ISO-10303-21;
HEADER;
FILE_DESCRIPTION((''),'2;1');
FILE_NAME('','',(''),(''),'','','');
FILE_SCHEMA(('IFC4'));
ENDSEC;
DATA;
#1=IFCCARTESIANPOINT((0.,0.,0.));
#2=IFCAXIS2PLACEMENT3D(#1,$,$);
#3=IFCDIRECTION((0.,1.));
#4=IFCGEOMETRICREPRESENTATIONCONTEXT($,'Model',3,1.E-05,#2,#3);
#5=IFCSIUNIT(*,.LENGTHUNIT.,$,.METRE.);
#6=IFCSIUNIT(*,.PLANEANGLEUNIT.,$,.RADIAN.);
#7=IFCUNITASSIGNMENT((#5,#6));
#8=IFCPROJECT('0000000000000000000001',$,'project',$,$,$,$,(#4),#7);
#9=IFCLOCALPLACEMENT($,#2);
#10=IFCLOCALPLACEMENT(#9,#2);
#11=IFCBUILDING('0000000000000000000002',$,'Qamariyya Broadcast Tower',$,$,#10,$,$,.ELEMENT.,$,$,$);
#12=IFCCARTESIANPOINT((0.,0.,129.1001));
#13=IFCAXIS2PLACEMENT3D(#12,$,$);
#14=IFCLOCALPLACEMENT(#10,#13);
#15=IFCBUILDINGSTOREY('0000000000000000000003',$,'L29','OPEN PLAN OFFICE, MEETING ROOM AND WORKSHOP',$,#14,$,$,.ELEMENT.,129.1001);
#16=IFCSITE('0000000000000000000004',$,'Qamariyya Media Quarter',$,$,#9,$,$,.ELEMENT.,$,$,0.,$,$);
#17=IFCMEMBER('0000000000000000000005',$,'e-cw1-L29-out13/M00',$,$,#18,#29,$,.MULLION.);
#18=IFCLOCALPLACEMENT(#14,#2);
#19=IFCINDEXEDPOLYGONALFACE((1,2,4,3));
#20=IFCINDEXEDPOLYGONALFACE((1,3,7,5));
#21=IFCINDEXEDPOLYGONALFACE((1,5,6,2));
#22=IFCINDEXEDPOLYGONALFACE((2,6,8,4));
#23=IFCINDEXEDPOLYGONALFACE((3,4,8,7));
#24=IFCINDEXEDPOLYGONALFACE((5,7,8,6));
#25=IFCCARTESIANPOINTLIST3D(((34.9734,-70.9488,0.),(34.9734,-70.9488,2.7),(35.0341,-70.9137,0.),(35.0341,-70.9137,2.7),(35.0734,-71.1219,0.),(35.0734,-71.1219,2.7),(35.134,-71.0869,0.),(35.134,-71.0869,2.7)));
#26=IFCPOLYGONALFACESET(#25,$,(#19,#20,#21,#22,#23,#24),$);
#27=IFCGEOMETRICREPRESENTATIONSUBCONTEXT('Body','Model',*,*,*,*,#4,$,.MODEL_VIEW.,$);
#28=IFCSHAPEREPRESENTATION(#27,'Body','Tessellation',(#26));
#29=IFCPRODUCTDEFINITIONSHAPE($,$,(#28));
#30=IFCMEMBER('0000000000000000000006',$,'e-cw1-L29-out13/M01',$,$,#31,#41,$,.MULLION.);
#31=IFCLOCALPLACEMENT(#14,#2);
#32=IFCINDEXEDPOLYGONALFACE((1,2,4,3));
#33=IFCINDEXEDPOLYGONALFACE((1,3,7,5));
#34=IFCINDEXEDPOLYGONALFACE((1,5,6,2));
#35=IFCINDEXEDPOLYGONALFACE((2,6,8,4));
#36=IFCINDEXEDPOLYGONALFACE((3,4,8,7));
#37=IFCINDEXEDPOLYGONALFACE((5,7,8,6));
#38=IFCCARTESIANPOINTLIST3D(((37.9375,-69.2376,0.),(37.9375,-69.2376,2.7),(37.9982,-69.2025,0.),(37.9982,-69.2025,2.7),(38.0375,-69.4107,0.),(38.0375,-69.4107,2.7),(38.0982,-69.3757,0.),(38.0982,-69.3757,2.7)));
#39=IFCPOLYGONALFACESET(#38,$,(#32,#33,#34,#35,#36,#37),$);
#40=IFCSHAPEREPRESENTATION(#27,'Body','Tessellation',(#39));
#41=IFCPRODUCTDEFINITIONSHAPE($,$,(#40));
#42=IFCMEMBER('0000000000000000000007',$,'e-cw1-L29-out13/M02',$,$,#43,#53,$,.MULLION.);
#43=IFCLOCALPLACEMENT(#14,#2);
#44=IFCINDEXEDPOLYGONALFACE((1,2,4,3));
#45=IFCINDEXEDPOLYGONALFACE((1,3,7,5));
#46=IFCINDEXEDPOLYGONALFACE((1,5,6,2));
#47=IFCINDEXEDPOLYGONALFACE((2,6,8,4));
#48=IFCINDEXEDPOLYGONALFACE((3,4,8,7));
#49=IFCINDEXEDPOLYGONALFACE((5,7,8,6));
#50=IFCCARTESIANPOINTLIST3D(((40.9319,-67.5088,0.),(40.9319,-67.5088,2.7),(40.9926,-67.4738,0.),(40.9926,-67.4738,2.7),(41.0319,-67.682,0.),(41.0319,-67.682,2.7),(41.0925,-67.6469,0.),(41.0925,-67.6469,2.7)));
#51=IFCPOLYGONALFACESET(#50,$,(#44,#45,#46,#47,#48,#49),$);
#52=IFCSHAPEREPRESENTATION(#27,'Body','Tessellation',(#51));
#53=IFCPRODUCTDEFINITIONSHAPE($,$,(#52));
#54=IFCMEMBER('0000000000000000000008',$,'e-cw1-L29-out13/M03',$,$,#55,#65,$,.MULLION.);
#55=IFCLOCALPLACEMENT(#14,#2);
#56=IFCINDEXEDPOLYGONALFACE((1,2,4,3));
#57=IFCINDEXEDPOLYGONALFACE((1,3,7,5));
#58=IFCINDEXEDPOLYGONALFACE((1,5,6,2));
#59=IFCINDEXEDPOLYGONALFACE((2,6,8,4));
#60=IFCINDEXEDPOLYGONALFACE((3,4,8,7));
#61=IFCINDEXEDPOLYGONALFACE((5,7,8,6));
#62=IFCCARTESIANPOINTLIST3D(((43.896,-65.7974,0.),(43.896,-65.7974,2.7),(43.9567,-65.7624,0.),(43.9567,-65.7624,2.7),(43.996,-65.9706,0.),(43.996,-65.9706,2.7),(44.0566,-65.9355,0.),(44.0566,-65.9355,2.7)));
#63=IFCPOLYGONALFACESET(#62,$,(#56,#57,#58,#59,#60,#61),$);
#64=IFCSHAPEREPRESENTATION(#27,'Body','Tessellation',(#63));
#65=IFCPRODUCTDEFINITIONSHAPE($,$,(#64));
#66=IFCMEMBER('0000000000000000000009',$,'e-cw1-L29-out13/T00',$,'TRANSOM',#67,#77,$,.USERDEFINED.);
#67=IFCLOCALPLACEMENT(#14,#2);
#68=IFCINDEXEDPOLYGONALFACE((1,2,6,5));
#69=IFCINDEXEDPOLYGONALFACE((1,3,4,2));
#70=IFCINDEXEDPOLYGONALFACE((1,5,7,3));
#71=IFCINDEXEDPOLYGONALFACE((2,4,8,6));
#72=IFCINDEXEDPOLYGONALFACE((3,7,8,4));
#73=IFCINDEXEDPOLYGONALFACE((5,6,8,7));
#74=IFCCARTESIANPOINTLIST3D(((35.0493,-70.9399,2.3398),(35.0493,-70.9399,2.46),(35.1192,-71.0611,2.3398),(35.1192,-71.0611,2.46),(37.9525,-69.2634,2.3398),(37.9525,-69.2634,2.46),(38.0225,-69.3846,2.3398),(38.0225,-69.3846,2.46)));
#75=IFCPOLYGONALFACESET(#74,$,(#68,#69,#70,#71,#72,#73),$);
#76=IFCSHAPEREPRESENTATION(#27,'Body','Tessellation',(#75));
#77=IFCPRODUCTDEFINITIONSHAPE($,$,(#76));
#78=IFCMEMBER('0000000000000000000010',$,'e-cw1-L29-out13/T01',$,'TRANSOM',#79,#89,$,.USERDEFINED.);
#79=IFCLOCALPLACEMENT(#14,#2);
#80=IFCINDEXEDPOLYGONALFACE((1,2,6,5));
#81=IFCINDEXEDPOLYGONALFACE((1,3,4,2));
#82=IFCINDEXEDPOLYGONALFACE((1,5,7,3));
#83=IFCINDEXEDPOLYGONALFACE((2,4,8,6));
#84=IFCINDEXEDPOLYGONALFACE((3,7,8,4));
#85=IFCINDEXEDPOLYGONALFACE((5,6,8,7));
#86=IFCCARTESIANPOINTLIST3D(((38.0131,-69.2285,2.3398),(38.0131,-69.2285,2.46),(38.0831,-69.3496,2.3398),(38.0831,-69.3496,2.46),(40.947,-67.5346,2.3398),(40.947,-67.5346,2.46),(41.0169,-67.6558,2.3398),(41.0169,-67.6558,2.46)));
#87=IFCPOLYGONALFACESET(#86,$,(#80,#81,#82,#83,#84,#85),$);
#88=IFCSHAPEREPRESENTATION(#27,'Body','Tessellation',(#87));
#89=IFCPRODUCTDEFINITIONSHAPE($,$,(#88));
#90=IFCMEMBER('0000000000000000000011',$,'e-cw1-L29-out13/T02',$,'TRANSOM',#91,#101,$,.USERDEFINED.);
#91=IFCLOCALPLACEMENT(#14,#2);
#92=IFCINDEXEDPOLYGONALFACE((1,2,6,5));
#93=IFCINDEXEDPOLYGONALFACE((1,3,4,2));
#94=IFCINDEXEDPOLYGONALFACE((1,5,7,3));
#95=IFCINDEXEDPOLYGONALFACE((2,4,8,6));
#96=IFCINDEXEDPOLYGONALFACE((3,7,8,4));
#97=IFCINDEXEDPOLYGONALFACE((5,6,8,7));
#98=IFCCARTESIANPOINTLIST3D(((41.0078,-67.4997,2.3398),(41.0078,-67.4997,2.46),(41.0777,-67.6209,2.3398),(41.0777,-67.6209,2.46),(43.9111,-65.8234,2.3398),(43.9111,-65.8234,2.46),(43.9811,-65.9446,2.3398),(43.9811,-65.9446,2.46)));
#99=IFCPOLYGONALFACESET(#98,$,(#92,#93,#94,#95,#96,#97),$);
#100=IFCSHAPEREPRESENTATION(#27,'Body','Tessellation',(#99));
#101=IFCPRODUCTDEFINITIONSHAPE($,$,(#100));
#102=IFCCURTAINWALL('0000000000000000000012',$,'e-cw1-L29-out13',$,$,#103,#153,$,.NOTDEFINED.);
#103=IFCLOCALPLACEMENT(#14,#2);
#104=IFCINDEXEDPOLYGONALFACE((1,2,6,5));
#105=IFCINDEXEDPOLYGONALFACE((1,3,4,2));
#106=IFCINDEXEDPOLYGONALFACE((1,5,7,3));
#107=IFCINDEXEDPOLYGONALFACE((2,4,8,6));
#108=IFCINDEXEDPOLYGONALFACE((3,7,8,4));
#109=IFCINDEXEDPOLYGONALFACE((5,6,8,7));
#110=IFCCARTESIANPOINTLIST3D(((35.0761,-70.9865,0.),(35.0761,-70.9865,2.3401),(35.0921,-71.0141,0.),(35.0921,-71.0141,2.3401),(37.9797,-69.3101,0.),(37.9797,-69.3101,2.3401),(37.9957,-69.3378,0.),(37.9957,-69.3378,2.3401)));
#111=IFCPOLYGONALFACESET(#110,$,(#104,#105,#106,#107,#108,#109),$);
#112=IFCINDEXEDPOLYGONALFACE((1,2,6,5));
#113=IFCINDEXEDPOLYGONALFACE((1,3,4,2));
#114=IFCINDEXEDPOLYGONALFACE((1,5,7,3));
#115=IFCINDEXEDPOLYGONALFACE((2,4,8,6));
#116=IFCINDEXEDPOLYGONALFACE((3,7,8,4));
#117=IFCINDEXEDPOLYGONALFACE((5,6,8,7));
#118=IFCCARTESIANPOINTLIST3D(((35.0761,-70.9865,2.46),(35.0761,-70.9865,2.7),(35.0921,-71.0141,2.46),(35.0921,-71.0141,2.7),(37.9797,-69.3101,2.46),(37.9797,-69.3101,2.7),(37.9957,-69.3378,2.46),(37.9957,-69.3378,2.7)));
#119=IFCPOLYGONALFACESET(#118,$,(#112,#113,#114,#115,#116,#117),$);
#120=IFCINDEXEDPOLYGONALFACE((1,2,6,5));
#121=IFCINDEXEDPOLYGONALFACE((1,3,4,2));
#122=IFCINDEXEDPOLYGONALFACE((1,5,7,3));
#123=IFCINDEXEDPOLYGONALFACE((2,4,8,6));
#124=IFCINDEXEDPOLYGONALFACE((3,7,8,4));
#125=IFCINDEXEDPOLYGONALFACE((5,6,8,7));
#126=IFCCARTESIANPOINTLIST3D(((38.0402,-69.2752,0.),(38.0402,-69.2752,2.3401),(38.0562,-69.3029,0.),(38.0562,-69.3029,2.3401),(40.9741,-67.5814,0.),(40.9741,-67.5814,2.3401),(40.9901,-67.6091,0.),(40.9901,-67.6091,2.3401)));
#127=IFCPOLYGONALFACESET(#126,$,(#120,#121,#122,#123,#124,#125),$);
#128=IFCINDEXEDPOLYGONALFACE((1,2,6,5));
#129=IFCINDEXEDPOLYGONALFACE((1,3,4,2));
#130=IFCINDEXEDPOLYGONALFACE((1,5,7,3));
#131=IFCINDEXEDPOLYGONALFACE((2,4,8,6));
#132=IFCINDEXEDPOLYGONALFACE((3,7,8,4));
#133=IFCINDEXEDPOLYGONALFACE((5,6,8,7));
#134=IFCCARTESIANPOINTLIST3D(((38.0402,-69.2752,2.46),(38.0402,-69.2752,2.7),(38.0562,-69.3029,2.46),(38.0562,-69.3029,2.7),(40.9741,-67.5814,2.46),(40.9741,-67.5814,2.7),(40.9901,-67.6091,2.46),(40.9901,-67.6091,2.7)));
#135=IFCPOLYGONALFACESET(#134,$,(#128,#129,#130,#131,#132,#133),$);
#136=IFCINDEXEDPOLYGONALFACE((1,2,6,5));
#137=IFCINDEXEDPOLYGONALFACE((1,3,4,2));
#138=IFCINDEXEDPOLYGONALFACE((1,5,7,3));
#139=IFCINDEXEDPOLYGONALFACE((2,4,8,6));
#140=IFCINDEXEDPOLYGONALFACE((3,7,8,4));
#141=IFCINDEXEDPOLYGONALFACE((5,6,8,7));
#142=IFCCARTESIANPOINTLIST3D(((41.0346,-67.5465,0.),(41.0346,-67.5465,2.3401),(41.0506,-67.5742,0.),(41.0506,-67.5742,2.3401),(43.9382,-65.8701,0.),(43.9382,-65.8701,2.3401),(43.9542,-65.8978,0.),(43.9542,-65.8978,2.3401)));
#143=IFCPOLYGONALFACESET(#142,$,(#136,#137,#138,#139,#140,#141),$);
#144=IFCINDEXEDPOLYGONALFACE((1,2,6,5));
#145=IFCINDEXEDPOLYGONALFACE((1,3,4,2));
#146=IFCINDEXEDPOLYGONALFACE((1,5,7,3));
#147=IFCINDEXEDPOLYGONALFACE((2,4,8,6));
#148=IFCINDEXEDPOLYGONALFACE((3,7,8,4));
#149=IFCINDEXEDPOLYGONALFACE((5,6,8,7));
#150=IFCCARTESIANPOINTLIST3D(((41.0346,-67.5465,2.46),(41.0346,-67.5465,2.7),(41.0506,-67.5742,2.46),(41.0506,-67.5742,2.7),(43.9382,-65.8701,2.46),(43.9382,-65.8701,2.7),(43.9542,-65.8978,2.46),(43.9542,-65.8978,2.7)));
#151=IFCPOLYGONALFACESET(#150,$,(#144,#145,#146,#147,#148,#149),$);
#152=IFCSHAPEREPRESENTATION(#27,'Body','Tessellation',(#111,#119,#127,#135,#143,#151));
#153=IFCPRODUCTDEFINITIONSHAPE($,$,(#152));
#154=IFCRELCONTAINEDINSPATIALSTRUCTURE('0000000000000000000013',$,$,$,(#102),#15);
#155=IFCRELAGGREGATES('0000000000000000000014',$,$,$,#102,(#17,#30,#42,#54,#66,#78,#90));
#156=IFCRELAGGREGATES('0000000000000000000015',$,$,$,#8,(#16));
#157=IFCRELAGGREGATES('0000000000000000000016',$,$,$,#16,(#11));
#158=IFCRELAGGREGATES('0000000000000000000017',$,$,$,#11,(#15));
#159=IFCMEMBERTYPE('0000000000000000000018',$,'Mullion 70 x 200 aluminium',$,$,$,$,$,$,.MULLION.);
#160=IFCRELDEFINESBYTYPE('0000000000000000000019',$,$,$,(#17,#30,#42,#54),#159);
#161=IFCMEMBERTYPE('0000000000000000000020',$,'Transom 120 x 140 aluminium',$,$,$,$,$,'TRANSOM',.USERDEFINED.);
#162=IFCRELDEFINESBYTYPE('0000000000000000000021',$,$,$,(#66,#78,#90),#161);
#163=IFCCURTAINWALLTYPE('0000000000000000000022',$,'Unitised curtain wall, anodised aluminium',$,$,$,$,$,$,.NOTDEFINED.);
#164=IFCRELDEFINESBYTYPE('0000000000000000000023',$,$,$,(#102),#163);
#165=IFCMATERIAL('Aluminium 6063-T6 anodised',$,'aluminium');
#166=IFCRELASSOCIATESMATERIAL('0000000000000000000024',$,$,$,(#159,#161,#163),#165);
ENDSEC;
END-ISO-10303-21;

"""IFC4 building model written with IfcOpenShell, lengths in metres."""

from ifc_helpers import new_model, si_unit, direction, frame, origin, origin_2d, place, context, subcontext, project, spatial, rectangle, extrude, material, material_profile, profile_set, type_object, element, aggregate, save


model = new_model("IFC4")

# Units and contexts
model_context = context("Model", 3, precision=1e-05, world=origin(), true_north=direction((0.0, 1.0)))
body_context = subcontext(model_context, "Body", "Model", "MODEL_VIEW")
ifc_project = project(units=[si_unit("LENGTHUNIT", "METRE"), si_unit("PLANEANGLEUNIT", "RADIAN")], contexts=[model_context])

# Members
ifc_material = material(Name="Aluminium 6063-T6 anodised", Category="aluminium")
ifc_material_profile_1 = material_profile(ifc_material, rectangle(XDim=0.2, YDim=0.0701, at=origin_2d()))
ifc_profile_set_1 = profile_set([ifc_material_profile_1], Name="Aluminium 6063-T6 anodised")
member_type_1 = type_object("IfcMemberType", Name="Mullion 70 x 200 aluminium", PredefinedType="MULLION", material=ifc_profile_set_1)
site_placement = place(None, origin())
building_placement = place(site_placement, origin())
storey_placement = place(building_placement, frame((0.0, 0.0, 129.1001)))
member_1_placement = place(storey_placement, frame((35.0537, -71.0178, 0.0), z_axis=(0.0, 0.0, 1.0), x_axis=(-0.5, 0.866025, 0.0)))
member_1 = element("IfcMember", 1, at=member_1_placement, type_object=member_type_1, Name="e-cw1-L29-out13/M00", PredefinedType="MULLION", context=body_context, shape_type="SweptSolid", body=[
    extrude(rectangle(XDim=0.2, YDim=0.0701, at=origin_2d()), origin(), (0.0, 0.0, 1.0), 2.7),
])
member_2_placement = place(storey_placement, frame((38.0178, -69.3066, 0.0), z_axis=(0.0, 0.0, 1.0), x_axis=(-0.5, 0.866025, 0.0)))
member_2 = element("IfcMember", 2, at=member_2_placement, type_object=member_type_1, Name="e-cw1-L29-out13/M01", PredefinedType="MULLION", context=body_context, shape_type="SweptSolid", body=[
    extrude(rectangle(XDim=0.2, YDim=0.0701, at=origin_2d()), origin(), (0.0, 0.0, 1.0), 2.7),
])
member_3_placement = place(storey_placement, frame((41.0122, -67.5779, 0.0), z_axis=(0.0, 0.0, 1.0), x_axis=(-0.5, 0.866025, 0.0)))
member_3 = element("IfcMember", 3, at=member_3_placement, type_object=member_type_1, Name="e-cw1-L29-out13/M02", PredefinedType="MULLION", context=body_context, shape_type="SweptSolid", body=[
    extrude(rectangle(XDim=0.2, YDim=0.0701, at=origin_2d()), origin(), (0.0, 0.0, 1.0), 2.7),
])
member_4_placement = place(storey_placement, frame((43.9763, -65.8665, 0.0), z_axis=(0.0, 0.0, 1.0), x_axis=(-0.5, 0.866025, 0.0)))
member_4 = element("IfcMember", 4, at=member_4_placement, type_object=member_type_1, Name="e-cw1-L29-out13/M03", PredefinedType="MULLION", context=body_context, shape_type="SweptSolid", body=[
    extrude(rectangle(XDim=0.2, YDim=0.0701, at=origin_2d()), origin(), (0.0, 0.0, 1.0), 2.7),
])
ifc_material_profile_2 = material_profile(ifc_material, rectangle(XDim=0.1399, YDim=0.1201, at=origin_2d()))
ifc_profile_set_2 = profile_set([ifc_material_profile_2], Name="Aluminium 6063-T6 anodised")
member_type_2 = type_object("IfcMemberType", Name="Transom 120 x 140 aluminium", ElementType="TRANSOM", PredefinedType="USERDEFINED", material=ifc_profile_set_2)
member_5_placement = place(storey_placement, frame((35.0842, -71.0005, 2.3999), z_axis=(0.865989, 0.500063, 0.0), x_axis=(-0.500063, 0.865989, 0.0)))
member_5 = element("IfcMember", 5, at=member_5_placement, type_object=member_type_2, Name="e-cw1-L29-out13/T00", ObjectType="TRANSOM", PredefinedType="USERDEFINED", context=body_context, shape_type="SweptSolid", body=[
    extrude(rectangle(XDim=0.1399, YDim=0.1201, at=origin_2d()), origin(), (0.0, 0.0, 1.0), 3.3525),
])
member_6_placement = place(storey_placement, frame((38.0481, -69.2891, 2.3999), z_axis=(0.866026, 0.499999, 0.0), x_axis=(-0.499999, 0.866026, 0.0)))
member_6 = element("IfcMember", 6, at=member_6_placement, type_object=member_type_2, Name="e-cw1-L29-out13/T01", ObjectType="TRANSOM", PredefinedType="USERDEFINED", context=body_context, shape_type="SweptSolid", body=[
    extrude(rectangle(XDim=0.1399, YDim=0.1201, at=origin_2d()), origin(), (0.0, 0.0, 1.0), 3.3877),
])
member_7_placement = place(storey_placement, frame((41.0427, -67.5603, 2.3999), z_axis=(0.866021, 0.500008, 0.0), x_axis=(-0.500008, 0.866021, 0.0)))
member_7 = element("IfcMember", 7, at=member_7_placement, type_object=member_type_2, Name="e-cw1-L29-out13/T02", ObjectType="TRANSOM", PredefinedType="USERDEFINED", context=body_context, shape_type="SweptSolid", body=[
    extrude(rectangle(XDim=0.1399, YDim=0.1201, at=origin_2d()), origin(), (0.0, 0.0, 1.0), 3.3525),
])

# Site, building, storey
site = spatial("IfcSite", under=ifc_project, at=site_placement, Name="Qamariyya Media Quarter", CompositionType="ELEMENT", RefElevation=0.0)
building = spatial("IfcBuilding", under=site, at=building_placement, Name="Qamariyya Broadcast Tower", CompositionType="ELEMENT")
storey = spatial("IfcBuildingStorey", under=building, at=storey_placement, Name="L29", Description="OPEN PLAN OFFICE, MEETING ROOM AND WORKSHOP", CompositionType="ELEMENT", Elevation=129.1001)

# Curtain wall
curtain_wall_type = type_object("IfcCurtainWallType", Name="Unitised curtain wall, anodised aluminium", PredefinedType="NOTDEFINED", material=ifc_material)
curtain_wall_1_placement = place(storey_placement, origin())
curtain_wall_1 = element("IfcCurtainWall", 8, at=curtain_wall_1_placement, inside=storey, type_object=curtain_wall_type, Name="e-cw1-L29-out13", PredefinedType="NOTDEFINED", context=body_context, shape_type="SweptSolid", body=[
    extrude(rectangle(XDim=3.3528, YDim=0.032, at=origin_2d()), frame((36.5359, -70.1621, 0.0), x_axis=(0.866027, 0.499997, 0.0)), (0.0, 0.0, 1.0), 2.3401),
    extrude(rectangle(XDim=3.3528, YDim=0.032, at=origin_2d()), frame((36.5359, -70.1621, 2.46), x_axis=(0.866027, 0.499997, 0.0)), (0.0, 0.0, 1.0), 0.24),
    extrude(rectangle(XDim=3.3877, YDim=0.032, at=origin_2d()), frame((39.5151, -68.4421, 0.0), x_axis=(0.866027, 0.499997, 0.0)), (0.0, 0.0, 1.0), 2.3401),
    extrude(rectangle(XDim=3.3877, YDim=0.032, at=origin_2d()), frame((39.5151, -68.4421, 2.46), x_axis=(0.866027, 0.499997, 0.0)), (0.0, 0.0, 1.0), 0.24),
    extrude(rectangle(XDim=3.3528, YDim=0.032, at=origin_2d()), frame((42.4944, -66.7222, 0.0), x_axis=(0.866027, 0.499997, 0.0)), (0.0, 0.0, 1.0), 2.3401),
    extrude(rectangle(XDim=3.3528, YDim=0.032, at=origin_2d()), frame((42.4944, -66.7222, 2.46), x_axis=(0.866027, 0.499997, 0.0)), (0.0, 0.0, 1.0), 0.24),
])
aggregate(curtain_wall_1, [member_1, member_2, member_3, member_4, member_5, member_6, member_7])

save(model, "model.ifc")
